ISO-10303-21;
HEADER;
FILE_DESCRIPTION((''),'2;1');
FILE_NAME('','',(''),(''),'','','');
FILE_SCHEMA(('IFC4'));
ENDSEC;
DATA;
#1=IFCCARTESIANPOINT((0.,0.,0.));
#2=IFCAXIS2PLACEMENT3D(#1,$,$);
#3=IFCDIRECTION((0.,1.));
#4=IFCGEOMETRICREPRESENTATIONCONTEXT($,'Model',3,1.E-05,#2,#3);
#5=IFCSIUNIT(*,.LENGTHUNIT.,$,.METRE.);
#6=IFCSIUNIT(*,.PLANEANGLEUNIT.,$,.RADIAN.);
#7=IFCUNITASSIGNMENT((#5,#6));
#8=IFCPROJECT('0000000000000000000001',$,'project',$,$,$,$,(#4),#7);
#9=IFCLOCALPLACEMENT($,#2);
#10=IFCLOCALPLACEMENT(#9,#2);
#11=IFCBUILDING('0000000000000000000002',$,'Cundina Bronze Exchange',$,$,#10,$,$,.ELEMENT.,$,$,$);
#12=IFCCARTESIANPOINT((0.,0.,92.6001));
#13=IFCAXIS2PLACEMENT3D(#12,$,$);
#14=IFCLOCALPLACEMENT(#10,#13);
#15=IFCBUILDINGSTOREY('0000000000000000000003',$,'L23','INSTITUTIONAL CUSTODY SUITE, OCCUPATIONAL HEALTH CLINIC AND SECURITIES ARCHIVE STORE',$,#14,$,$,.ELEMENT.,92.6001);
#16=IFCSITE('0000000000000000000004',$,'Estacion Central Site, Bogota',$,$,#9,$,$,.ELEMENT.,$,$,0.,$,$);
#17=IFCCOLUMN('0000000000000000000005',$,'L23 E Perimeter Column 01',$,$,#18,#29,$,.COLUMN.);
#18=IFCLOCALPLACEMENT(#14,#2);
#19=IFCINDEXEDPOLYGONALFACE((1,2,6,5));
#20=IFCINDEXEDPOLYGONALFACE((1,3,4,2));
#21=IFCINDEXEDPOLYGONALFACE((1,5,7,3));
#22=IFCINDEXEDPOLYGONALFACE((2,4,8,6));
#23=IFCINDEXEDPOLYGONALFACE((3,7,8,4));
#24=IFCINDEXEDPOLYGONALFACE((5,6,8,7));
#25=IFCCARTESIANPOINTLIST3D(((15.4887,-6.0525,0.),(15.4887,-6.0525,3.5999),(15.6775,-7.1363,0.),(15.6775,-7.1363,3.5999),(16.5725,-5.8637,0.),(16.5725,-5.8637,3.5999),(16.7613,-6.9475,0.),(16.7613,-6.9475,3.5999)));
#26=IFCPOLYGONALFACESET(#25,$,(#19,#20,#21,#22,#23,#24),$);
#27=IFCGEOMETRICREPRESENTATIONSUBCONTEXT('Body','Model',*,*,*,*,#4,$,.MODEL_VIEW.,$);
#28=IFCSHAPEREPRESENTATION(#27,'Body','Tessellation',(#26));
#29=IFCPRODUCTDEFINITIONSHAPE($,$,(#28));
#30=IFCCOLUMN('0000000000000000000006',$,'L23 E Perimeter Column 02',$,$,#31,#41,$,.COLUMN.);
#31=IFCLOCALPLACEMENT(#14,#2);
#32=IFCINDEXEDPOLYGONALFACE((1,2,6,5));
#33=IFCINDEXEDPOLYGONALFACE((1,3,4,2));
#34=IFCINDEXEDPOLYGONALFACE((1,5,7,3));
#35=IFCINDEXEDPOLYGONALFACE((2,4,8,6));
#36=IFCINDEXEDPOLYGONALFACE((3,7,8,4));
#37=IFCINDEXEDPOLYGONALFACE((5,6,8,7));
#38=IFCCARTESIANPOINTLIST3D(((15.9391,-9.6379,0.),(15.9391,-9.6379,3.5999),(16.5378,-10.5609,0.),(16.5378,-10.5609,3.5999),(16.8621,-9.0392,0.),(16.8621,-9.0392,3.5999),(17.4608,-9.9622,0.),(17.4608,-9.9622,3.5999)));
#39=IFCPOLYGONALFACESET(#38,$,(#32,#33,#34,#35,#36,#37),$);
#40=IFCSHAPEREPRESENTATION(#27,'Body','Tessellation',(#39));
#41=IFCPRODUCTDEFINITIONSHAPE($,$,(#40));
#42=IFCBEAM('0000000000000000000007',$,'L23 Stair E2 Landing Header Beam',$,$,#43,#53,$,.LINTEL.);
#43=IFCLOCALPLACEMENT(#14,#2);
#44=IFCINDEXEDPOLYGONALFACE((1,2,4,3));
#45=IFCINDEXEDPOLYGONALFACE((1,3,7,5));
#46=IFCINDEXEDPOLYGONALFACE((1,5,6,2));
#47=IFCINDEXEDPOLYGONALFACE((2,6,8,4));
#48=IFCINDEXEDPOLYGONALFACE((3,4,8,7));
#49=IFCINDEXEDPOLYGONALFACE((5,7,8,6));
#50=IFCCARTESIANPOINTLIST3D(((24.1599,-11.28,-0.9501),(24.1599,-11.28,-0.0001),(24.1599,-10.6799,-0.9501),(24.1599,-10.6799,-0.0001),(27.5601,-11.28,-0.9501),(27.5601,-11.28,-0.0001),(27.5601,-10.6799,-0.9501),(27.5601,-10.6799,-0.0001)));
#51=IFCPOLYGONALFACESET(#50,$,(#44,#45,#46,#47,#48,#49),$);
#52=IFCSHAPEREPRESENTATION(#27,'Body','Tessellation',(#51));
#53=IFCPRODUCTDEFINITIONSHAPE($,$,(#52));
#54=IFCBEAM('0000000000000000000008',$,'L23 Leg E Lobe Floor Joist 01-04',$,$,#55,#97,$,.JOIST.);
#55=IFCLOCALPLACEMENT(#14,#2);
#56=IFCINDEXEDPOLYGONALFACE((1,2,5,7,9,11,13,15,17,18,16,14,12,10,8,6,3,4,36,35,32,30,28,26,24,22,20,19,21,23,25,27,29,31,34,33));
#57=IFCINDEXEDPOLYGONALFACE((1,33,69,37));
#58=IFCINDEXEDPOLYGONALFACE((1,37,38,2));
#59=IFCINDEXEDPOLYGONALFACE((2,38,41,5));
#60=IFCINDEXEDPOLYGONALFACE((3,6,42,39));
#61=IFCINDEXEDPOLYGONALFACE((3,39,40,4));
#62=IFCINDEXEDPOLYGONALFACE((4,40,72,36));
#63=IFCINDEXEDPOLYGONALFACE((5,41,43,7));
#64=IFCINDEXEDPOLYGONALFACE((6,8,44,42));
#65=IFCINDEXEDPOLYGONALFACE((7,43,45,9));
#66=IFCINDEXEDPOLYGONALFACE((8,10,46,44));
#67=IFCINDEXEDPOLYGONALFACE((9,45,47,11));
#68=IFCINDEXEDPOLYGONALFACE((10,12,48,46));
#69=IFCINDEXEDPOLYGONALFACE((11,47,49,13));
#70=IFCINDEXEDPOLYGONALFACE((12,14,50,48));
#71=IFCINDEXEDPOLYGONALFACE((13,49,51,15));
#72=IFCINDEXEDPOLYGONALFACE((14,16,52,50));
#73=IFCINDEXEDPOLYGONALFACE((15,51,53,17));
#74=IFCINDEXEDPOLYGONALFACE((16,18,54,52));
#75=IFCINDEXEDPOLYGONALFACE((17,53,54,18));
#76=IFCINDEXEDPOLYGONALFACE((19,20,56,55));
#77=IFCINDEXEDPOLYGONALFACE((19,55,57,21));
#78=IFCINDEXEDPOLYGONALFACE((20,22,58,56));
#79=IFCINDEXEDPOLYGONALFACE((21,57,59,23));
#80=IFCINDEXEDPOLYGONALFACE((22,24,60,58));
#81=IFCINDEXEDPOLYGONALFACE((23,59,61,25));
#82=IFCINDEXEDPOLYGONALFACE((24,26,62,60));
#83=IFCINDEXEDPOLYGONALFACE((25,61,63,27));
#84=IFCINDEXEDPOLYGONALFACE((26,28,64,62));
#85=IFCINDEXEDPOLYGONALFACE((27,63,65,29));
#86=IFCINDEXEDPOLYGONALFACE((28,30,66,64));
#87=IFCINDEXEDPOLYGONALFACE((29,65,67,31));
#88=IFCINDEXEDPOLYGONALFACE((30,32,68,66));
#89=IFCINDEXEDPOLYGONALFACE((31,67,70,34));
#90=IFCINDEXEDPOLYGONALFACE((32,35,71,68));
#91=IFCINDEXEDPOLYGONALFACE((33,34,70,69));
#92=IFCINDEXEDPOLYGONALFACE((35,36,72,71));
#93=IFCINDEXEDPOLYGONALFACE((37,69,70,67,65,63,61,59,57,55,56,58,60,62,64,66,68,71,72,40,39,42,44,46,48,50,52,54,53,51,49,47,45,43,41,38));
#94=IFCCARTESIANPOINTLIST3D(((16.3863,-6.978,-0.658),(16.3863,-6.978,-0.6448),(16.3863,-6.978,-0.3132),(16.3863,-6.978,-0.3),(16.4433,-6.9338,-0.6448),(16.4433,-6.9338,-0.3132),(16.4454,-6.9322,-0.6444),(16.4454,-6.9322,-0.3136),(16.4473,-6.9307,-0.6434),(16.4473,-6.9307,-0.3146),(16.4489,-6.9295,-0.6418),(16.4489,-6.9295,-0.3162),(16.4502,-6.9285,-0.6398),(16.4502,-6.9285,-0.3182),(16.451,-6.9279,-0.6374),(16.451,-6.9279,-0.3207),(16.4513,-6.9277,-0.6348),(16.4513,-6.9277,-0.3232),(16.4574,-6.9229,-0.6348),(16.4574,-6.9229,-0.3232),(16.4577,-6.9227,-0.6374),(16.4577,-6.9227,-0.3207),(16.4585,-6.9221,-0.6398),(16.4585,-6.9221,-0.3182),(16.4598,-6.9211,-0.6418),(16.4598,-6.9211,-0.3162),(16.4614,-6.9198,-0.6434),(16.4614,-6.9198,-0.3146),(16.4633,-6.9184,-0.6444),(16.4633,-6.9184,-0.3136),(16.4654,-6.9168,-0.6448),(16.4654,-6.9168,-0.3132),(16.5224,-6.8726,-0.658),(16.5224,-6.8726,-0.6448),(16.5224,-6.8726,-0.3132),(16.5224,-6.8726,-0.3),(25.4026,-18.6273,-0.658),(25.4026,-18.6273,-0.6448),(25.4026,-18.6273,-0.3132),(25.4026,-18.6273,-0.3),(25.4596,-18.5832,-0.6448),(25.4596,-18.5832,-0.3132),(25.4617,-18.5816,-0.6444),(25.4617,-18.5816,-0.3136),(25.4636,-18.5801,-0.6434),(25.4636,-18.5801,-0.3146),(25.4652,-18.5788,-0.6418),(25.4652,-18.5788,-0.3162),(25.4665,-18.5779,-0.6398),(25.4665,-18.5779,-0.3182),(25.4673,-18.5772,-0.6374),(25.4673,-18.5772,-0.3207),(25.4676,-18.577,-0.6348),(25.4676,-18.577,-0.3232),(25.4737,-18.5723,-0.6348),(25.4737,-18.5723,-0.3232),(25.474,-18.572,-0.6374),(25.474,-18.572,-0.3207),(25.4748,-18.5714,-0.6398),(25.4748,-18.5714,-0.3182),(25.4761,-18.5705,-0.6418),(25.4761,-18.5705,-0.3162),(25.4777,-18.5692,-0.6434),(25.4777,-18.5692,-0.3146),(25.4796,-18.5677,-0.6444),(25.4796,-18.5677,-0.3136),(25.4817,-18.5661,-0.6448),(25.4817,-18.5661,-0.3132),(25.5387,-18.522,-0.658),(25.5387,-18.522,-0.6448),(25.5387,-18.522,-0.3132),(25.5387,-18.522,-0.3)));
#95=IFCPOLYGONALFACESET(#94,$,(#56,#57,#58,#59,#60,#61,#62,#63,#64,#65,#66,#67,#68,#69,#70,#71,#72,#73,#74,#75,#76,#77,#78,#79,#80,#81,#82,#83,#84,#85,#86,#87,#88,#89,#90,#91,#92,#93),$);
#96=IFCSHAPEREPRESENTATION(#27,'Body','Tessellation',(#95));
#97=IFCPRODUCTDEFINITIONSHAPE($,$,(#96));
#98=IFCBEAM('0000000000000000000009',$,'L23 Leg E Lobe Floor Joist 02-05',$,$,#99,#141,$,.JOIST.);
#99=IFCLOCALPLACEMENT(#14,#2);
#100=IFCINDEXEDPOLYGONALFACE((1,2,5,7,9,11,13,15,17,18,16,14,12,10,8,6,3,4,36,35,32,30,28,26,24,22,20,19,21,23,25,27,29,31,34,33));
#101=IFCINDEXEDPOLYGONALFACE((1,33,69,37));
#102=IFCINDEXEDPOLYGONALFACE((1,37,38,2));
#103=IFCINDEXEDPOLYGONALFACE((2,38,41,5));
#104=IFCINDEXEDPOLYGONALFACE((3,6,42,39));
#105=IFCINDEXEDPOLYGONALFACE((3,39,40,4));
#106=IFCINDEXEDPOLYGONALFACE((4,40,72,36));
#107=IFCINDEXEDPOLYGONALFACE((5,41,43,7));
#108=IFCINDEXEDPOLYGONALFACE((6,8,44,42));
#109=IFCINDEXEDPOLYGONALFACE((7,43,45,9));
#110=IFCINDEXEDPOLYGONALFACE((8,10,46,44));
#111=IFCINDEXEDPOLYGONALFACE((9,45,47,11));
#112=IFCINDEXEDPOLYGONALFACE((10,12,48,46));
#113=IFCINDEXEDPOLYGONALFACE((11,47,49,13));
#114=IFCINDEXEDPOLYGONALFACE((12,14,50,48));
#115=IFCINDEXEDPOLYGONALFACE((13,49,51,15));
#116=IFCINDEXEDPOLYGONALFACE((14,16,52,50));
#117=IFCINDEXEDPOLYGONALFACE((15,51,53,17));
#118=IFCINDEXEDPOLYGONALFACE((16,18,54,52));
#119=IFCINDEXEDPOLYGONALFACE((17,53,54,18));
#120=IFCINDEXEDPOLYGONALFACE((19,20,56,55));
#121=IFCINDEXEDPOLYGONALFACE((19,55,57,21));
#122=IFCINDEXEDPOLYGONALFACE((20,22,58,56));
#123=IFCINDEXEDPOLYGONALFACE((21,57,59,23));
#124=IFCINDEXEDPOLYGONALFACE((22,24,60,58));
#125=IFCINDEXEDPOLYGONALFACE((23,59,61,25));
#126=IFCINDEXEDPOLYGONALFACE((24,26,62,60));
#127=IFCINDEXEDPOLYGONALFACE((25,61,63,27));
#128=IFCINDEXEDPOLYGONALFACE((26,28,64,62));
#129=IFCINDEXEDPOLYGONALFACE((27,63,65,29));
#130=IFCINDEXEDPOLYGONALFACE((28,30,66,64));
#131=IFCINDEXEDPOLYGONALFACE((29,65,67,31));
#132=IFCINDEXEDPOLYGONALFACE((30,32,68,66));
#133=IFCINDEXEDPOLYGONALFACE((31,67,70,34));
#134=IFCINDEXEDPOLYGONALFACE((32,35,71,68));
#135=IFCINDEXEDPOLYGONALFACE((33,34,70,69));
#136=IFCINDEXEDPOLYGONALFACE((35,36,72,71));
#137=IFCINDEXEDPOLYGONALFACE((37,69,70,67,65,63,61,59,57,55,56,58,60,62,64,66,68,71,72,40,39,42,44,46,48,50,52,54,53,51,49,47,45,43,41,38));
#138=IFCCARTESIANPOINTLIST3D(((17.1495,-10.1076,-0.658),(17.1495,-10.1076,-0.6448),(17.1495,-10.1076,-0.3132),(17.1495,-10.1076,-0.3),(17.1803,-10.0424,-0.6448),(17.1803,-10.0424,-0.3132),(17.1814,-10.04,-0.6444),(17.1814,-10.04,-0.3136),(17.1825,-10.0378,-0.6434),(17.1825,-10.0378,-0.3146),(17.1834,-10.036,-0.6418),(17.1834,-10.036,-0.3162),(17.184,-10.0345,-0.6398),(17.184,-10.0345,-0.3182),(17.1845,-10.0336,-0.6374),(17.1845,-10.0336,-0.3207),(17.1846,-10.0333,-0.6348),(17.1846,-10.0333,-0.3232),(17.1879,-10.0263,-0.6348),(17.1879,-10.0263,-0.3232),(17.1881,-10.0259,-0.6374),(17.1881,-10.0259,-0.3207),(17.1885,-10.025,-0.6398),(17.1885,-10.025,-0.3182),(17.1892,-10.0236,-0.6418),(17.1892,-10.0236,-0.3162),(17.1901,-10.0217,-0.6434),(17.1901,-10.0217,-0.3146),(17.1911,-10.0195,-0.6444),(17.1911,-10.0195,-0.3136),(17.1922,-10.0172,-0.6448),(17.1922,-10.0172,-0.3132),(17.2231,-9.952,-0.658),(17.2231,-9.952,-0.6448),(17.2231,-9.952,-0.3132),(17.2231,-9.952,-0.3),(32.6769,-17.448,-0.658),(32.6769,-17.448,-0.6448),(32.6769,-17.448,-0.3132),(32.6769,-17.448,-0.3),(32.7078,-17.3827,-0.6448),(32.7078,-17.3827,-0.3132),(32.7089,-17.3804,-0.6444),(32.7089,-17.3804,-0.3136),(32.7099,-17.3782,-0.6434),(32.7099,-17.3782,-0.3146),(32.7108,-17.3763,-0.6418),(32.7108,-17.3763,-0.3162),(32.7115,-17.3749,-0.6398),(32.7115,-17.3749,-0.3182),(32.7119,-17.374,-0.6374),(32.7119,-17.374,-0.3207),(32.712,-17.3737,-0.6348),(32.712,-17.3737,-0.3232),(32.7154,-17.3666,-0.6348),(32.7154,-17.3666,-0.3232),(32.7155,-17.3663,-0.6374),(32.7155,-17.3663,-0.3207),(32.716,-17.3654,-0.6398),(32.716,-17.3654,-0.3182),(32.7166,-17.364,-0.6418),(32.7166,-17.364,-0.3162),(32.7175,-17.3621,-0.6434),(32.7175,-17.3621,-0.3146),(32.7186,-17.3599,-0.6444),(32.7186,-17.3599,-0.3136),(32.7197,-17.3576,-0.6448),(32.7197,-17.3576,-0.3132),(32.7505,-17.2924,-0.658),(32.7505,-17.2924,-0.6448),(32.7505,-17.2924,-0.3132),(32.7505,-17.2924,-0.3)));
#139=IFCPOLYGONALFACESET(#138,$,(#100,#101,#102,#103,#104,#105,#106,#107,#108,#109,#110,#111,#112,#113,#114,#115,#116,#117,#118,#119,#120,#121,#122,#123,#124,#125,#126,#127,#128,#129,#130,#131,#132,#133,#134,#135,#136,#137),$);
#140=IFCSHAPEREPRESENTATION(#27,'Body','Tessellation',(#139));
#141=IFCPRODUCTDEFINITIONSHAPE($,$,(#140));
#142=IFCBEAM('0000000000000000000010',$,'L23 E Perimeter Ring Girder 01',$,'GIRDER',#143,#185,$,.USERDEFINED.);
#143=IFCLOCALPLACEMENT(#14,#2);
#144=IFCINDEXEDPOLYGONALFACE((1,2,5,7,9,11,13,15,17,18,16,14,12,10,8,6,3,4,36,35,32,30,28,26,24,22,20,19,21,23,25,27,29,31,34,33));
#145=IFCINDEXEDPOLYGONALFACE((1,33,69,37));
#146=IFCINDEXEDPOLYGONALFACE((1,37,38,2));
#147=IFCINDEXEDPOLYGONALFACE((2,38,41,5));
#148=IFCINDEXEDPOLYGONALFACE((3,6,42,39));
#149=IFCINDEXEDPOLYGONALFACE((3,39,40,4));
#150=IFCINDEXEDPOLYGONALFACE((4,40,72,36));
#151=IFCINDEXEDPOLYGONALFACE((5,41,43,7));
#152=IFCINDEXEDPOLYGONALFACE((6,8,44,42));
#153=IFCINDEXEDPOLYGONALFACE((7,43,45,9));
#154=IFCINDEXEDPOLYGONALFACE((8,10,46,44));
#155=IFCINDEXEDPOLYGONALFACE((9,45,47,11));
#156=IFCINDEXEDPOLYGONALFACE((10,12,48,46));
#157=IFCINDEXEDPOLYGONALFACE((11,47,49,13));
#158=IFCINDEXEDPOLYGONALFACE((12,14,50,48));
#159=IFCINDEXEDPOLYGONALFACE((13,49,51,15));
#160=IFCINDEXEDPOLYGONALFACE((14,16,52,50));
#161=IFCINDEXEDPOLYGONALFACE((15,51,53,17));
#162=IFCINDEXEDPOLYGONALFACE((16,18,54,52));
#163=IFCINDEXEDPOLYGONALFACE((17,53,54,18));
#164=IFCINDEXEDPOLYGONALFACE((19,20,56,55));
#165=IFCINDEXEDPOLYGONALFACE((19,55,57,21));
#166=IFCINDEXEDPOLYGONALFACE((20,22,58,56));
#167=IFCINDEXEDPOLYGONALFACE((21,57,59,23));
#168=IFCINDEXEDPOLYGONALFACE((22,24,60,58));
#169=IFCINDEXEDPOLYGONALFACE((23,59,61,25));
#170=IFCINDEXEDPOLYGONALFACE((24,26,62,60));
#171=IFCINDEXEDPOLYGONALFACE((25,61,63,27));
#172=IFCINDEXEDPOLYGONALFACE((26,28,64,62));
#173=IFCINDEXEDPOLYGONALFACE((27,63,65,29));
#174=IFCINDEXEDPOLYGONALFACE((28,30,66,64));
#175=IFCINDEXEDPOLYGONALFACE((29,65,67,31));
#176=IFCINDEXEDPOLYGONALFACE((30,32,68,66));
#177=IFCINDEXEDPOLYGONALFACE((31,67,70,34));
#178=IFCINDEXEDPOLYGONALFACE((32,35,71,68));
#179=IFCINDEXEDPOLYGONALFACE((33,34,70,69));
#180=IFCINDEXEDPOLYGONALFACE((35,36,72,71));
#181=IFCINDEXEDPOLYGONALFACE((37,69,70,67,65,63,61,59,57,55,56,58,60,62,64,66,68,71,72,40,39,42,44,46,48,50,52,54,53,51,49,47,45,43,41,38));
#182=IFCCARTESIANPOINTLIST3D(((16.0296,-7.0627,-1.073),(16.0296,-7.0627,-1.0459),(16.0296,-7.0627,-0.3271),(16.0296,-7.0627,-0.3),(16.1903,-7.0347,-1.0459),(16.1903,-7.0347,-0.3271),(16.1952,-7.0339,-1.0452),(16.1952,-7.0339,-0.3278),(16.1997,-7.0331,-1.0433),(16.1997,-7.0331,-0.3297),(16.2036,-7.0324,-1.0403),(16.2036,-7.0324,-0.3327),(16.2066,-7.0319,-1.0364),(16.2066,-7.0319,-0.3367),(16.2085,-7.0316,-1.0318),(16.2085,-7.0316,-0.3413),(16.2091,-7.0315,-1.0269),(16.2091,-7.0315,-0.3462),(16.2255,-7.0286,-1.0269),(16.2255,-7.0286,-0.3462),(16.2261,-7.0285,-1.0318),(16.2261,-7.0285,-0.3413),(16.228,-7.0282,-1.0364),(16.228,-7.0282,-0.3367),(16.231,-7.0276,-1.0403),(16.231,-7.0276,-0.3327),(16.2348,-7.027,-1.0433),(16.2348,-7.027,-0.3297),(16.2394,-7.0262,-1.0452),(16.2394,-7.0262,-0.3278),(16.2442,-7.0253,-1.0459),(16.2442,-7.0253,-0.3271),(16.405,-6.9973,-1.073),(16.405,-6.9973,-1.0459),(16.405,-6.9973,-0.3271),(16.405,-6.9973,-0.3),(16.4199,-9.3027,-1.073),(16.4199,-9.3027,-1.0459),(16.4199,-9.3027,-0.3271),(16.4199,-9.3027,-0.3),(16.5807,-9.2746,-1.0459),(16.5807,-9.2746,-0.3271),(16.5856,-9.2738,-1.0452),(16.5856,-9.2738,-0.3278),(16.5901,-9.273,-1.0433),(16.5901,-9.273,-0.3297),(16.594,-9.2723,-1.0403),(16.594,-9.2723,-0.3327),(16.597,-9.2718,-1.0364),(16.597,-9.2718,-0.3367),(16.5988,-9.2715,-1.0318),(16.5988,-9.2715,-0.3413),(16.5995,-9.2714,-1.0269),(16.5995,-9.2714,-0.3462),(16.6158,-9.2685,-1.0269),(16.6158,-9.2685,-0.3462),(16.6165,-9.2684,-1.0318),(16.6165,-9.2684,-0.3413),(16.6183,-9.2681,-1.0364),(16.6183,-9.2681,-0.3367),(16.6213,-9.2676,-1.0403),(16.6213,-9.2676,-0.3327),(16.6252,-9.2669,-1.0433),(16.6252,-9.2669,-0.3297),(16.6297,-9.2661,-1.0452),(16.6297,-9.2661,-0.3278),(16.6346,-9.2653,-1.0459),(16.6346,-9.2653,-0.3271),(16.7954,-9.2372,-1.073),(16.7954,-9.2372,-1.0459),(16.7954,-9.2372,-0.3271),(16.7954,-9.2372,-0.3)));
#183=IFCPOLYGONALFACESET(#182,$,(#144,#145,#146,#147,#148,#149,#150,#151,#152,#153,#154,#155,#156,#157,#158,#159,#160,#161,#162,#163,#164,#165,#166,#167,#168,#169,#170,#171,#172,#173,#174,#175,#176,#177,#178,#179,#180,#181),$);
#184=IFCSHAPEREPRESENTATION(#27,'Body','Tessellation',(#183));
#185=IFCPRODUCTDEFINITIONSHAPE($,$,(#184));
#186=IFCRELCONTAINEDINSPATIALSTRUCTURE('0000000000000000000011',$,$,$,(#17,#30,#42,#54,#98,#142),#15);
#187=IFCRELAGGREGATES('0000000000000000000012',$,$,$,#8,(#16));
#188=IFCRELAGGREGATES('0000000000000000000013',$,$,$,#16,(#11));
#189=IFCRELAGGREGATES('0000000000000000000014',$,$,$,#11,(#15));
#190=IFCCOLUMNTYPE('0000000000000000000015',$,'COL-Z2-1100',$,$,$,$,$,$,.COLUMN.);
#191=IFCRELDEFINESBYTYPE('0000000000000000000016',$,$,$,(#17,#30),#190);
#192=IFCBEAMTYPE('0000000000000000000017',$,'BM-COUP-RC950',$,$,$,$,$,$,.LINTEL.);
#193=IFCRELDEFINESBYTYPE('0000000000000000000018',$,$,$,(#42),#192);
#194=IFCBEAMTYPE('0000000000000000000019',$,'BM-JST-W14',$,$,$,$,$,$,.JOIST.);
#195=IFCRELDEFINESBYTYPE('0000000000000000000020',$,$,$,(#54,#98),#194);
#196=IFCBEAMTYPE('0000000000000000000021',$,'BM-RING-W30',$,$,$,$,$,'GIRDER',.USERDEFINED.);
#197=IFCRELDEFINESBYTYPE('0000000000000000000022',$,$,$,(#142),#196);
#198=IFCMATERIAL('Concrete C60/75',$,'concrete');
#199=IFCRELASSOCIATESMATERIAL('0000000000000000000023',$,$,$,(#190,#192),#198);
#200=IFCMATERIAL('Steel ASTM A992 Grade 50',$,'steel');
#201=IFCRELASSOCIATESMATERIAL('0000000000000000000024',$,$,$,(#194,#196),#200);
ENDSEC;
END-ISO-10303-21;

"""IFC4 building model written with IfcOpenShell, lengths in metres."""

from ifc_helpers import new_model, si_unit, direction, frame, origin, origin_2d, place, context, subcontext, project, spatial, rectangle, i_section, extrude, material, material_profile, profile_set, type_object, element, save


model = new_model("IFC4")

# Units and contexts
model_context = context("Model", 3, precision=1e-05, world=origin(), true_north=direction((0.0, 1.0)))
body_context = subcontext(model_context, "Body", "Model", "MODEL_VIEW")
ifc_project = project(units=[si_unit("LENGTHUNIT", "METRE"), si_unit("PLANEANGLEUNIT", "RADIAN")], contexts=[model_context])

# Site, building, storey
site_placement = place(None, origin())
site = spatial("IfcSite", under=ifc_project, at=site_placement, Name="Estacion Central Site, Bogota", CompositionType="ELEMENT", RefElevation=0.0)
building_placement = place(site_placement, origin())
building = spatial("IfcBuilding", under=site, at=building_placement, Name="Cundina Bronze Exchange", CompositionType="ELEMENT")
storey_placement = place(building_placement, frame((0.0, 0.0, 92.6001)))
storey = spatial("IfcBuildingStorey", under=building, at=storey_placement, Name="L23", Description="INSTITUTIONAL CUSTODY SUITE, OCCUPATIONAL HEALTH CLINIC AND SECURITIES ARCHIVE STORE", CompositionType="ELEMENT", Elevation=92.6001)

# Columns
ifc_material_1 = material(Name="Concrete C60/75", Category="concrete")
ifc_material_profile_1 = material_profile(ifc_material_1, rectangle(XDim=1.1001, YDim=1.1001, at=origin_2d()), Name="RC1100X1100", Category="concrete")
ifc_profile_set_1 = profile_set([ifc_material_profile_1], Name="Concrete C60/75")
column_type = type_object("IfcColumnType", Name="COL-Z2-1100", PredefinedType="COLUMN", material=ifc_profile_set_1)
for number, where, z_axis, x_axis, name in (
    (1, (16.125, -6.5, 0.0), (0.0, 0.0, 1.0), (0.171585, -0.985169, 0.0), "L23 E Perimeter Column 01"),
    (2, (16.7, -9.8, 0.0), (0.0, 0.0, 1.0), (0.5442, -0.838956, 0.0), "L23 E Perimeter Column 02"),
):
    element("IfcColumn", number, at=place(storey_placement, frame(where, z_axis=z_axis, x_axis=x_axis)), inside=storey, type_object=column_type, Name=name, PredefinedType="COLUMN", context=body_context, shape_type="SweptSolid", body=[
        extrude(rectangle(XDim=1.1001, YDim=1.1001, at=origin_2d()), origin(), (0.0, 0.0, 1.0), 3.5999),
    ])

# Beams
ifc_material_profile_2 = material_profile(ifc_material_1, rectangle(XDim=0.6001, YDim=0.95, at=origin_2d()), Name="RC600X950", Category="concrete")
ifc_profile_set_2 = profile_set([ifc_material_profile_2], Name="Concrete C60/75")
beam_type_1 = type_object("IfcBeamType", Name="BM-COUP-RC950", PredefinedType="LINTEL", material=ifc_profile_set_2)
beam_1_placement = place(storey_placement, frame((24.1599, -10.98, -0.4751), z_axis=(1.0, 0.0, 0.0), x_axis=(0.0, 1.0, 0.0)))
element("IfcBeam", 3, at=beam_1_placement, inside=storey, type_object=beam_type_1, Name="L23 Stair E2 Landing Header Beam", PredefinedType="LINTEL", context=body_context, shape_type="SweptSolid", body=[
    extrude(rectangle(XDim=0.6001, YDim=0.95, at=origin_2d()), origin(), (0.0, 0.0, 1.0), 3.4001),
])
ifc_material_2 = material(Name="Steel ASTM A992 Grade 50", Category="steel")
ifc_material_profile_3 = material_profile(ifc_material_2, i_section(OverallWidth=0.1721, OverallDepth=0.3579, WebThickness=0.0078, FlangeThickness=0.0132, FilletRadius=0.01, at=origin_2d()), Name="W14X38", Category="steel")
ifc_profile_set_3 = profile_set([ifc_material_profile_3], Name="Steel ASTM A992 Grade 50")
beam_type_2 = type_object("IfcBeamType", Name="BM-JST-W14", PredefinedType="JOIST", material=ifc_profile_set_3)
beam_2_placement = place(storey_placement, frame((16.4543, -6.9253, -0.479), z_axis=(0.612065, -0.790807, 0.0), x_axis=(0.790807, 0.612065, 0.0)))
element("IfcBeam", 4, at=beam_2_placement, inside=storey, type_object=beam_type_2, Name="L23 Leg E Lobe Floor Joist 01-04", PredefinedType="JOIST", context=body_context, shape_type="SweptSolid", body=[
    extrude(i_section(OverallWidth=0.1721, OverallDepth=0.3579, WebThickness=0.0078, FlangeThickness=0.0132, FilletRadius=0.01, at=origin_2d()), origin(), (0.0, 0.0, 1.0), 14.731),
])
beam_3_placement = place(storey_placement, frame((17.1863, -10.0298, -0.479), z_axis=(0.904069, -0.427386, 0.0), x_axis=(0.427386, 0.904069, 0.0)))
element("IfcBeam", 5, at=beam_3_placement, inside=storey, type_object=beam_type_2, Name="L23 Leg E Lobe Floor Joist 02-05", PredefinedType="JOIST", context=body_context, shape_type="SweptSolid", body=[
    extrude(i_section(OverallWidth=0.1721, OverallDepth=0.3579, WebThickness=0.0078, FlangeThickness=0.0132, FilletRadius=0.01, at=origin_2d()), origin(), (0.0, 0.0, 1.0), 17.175),
])
ifc_material_profile_4 = material_profile(ifc_material_2, i_section(OverallWidth=0.3811, OverallDepth=0.7729, WebThickness=0.0166, FlangeThickness=0.0271, FilletRadius=0.019, at=origin_2d()), Name="W30X173", Category="steel")
ifc_profile_set_4 = profile_set([ifc_material_profile_4], Name="Steel ASTM A992 Grade 50")
beam_type_3 = type_object("IfcBeamType", Name="BM-RING-W30", ElementType="GIRDER", PredefinedType="USERDEFINED", material=ifc_profile_set_4)
beam_4_placement = place(storey_placement, frame((16.2173, -7.03, -0.6865), z_axis=(0.17169, -0.985151, 0.0), x_axis=(0.985151, 0.17169, 0.0)))
element("IfcBeam", 6, at=beam_4_placement, inside=storey, type_object=beam_type_3, Name="L23 E Perimeter Ring Girder 01", ObjectType="GIRDER", PredefinedType="USERDEFINED", context=body_context, shape_type="SweptSolid", body=[
    extrude(i_section(OverallWidth=0.3811, OverallDepth=0.7729, WebThickness=0.0166, FlangeThickness=0.0271, FilletRadius=0.019, at=origin_2d()), origin(), (0.0, 0.0, 1.0), 2.2737),
])

save(model, "model.ifc")
